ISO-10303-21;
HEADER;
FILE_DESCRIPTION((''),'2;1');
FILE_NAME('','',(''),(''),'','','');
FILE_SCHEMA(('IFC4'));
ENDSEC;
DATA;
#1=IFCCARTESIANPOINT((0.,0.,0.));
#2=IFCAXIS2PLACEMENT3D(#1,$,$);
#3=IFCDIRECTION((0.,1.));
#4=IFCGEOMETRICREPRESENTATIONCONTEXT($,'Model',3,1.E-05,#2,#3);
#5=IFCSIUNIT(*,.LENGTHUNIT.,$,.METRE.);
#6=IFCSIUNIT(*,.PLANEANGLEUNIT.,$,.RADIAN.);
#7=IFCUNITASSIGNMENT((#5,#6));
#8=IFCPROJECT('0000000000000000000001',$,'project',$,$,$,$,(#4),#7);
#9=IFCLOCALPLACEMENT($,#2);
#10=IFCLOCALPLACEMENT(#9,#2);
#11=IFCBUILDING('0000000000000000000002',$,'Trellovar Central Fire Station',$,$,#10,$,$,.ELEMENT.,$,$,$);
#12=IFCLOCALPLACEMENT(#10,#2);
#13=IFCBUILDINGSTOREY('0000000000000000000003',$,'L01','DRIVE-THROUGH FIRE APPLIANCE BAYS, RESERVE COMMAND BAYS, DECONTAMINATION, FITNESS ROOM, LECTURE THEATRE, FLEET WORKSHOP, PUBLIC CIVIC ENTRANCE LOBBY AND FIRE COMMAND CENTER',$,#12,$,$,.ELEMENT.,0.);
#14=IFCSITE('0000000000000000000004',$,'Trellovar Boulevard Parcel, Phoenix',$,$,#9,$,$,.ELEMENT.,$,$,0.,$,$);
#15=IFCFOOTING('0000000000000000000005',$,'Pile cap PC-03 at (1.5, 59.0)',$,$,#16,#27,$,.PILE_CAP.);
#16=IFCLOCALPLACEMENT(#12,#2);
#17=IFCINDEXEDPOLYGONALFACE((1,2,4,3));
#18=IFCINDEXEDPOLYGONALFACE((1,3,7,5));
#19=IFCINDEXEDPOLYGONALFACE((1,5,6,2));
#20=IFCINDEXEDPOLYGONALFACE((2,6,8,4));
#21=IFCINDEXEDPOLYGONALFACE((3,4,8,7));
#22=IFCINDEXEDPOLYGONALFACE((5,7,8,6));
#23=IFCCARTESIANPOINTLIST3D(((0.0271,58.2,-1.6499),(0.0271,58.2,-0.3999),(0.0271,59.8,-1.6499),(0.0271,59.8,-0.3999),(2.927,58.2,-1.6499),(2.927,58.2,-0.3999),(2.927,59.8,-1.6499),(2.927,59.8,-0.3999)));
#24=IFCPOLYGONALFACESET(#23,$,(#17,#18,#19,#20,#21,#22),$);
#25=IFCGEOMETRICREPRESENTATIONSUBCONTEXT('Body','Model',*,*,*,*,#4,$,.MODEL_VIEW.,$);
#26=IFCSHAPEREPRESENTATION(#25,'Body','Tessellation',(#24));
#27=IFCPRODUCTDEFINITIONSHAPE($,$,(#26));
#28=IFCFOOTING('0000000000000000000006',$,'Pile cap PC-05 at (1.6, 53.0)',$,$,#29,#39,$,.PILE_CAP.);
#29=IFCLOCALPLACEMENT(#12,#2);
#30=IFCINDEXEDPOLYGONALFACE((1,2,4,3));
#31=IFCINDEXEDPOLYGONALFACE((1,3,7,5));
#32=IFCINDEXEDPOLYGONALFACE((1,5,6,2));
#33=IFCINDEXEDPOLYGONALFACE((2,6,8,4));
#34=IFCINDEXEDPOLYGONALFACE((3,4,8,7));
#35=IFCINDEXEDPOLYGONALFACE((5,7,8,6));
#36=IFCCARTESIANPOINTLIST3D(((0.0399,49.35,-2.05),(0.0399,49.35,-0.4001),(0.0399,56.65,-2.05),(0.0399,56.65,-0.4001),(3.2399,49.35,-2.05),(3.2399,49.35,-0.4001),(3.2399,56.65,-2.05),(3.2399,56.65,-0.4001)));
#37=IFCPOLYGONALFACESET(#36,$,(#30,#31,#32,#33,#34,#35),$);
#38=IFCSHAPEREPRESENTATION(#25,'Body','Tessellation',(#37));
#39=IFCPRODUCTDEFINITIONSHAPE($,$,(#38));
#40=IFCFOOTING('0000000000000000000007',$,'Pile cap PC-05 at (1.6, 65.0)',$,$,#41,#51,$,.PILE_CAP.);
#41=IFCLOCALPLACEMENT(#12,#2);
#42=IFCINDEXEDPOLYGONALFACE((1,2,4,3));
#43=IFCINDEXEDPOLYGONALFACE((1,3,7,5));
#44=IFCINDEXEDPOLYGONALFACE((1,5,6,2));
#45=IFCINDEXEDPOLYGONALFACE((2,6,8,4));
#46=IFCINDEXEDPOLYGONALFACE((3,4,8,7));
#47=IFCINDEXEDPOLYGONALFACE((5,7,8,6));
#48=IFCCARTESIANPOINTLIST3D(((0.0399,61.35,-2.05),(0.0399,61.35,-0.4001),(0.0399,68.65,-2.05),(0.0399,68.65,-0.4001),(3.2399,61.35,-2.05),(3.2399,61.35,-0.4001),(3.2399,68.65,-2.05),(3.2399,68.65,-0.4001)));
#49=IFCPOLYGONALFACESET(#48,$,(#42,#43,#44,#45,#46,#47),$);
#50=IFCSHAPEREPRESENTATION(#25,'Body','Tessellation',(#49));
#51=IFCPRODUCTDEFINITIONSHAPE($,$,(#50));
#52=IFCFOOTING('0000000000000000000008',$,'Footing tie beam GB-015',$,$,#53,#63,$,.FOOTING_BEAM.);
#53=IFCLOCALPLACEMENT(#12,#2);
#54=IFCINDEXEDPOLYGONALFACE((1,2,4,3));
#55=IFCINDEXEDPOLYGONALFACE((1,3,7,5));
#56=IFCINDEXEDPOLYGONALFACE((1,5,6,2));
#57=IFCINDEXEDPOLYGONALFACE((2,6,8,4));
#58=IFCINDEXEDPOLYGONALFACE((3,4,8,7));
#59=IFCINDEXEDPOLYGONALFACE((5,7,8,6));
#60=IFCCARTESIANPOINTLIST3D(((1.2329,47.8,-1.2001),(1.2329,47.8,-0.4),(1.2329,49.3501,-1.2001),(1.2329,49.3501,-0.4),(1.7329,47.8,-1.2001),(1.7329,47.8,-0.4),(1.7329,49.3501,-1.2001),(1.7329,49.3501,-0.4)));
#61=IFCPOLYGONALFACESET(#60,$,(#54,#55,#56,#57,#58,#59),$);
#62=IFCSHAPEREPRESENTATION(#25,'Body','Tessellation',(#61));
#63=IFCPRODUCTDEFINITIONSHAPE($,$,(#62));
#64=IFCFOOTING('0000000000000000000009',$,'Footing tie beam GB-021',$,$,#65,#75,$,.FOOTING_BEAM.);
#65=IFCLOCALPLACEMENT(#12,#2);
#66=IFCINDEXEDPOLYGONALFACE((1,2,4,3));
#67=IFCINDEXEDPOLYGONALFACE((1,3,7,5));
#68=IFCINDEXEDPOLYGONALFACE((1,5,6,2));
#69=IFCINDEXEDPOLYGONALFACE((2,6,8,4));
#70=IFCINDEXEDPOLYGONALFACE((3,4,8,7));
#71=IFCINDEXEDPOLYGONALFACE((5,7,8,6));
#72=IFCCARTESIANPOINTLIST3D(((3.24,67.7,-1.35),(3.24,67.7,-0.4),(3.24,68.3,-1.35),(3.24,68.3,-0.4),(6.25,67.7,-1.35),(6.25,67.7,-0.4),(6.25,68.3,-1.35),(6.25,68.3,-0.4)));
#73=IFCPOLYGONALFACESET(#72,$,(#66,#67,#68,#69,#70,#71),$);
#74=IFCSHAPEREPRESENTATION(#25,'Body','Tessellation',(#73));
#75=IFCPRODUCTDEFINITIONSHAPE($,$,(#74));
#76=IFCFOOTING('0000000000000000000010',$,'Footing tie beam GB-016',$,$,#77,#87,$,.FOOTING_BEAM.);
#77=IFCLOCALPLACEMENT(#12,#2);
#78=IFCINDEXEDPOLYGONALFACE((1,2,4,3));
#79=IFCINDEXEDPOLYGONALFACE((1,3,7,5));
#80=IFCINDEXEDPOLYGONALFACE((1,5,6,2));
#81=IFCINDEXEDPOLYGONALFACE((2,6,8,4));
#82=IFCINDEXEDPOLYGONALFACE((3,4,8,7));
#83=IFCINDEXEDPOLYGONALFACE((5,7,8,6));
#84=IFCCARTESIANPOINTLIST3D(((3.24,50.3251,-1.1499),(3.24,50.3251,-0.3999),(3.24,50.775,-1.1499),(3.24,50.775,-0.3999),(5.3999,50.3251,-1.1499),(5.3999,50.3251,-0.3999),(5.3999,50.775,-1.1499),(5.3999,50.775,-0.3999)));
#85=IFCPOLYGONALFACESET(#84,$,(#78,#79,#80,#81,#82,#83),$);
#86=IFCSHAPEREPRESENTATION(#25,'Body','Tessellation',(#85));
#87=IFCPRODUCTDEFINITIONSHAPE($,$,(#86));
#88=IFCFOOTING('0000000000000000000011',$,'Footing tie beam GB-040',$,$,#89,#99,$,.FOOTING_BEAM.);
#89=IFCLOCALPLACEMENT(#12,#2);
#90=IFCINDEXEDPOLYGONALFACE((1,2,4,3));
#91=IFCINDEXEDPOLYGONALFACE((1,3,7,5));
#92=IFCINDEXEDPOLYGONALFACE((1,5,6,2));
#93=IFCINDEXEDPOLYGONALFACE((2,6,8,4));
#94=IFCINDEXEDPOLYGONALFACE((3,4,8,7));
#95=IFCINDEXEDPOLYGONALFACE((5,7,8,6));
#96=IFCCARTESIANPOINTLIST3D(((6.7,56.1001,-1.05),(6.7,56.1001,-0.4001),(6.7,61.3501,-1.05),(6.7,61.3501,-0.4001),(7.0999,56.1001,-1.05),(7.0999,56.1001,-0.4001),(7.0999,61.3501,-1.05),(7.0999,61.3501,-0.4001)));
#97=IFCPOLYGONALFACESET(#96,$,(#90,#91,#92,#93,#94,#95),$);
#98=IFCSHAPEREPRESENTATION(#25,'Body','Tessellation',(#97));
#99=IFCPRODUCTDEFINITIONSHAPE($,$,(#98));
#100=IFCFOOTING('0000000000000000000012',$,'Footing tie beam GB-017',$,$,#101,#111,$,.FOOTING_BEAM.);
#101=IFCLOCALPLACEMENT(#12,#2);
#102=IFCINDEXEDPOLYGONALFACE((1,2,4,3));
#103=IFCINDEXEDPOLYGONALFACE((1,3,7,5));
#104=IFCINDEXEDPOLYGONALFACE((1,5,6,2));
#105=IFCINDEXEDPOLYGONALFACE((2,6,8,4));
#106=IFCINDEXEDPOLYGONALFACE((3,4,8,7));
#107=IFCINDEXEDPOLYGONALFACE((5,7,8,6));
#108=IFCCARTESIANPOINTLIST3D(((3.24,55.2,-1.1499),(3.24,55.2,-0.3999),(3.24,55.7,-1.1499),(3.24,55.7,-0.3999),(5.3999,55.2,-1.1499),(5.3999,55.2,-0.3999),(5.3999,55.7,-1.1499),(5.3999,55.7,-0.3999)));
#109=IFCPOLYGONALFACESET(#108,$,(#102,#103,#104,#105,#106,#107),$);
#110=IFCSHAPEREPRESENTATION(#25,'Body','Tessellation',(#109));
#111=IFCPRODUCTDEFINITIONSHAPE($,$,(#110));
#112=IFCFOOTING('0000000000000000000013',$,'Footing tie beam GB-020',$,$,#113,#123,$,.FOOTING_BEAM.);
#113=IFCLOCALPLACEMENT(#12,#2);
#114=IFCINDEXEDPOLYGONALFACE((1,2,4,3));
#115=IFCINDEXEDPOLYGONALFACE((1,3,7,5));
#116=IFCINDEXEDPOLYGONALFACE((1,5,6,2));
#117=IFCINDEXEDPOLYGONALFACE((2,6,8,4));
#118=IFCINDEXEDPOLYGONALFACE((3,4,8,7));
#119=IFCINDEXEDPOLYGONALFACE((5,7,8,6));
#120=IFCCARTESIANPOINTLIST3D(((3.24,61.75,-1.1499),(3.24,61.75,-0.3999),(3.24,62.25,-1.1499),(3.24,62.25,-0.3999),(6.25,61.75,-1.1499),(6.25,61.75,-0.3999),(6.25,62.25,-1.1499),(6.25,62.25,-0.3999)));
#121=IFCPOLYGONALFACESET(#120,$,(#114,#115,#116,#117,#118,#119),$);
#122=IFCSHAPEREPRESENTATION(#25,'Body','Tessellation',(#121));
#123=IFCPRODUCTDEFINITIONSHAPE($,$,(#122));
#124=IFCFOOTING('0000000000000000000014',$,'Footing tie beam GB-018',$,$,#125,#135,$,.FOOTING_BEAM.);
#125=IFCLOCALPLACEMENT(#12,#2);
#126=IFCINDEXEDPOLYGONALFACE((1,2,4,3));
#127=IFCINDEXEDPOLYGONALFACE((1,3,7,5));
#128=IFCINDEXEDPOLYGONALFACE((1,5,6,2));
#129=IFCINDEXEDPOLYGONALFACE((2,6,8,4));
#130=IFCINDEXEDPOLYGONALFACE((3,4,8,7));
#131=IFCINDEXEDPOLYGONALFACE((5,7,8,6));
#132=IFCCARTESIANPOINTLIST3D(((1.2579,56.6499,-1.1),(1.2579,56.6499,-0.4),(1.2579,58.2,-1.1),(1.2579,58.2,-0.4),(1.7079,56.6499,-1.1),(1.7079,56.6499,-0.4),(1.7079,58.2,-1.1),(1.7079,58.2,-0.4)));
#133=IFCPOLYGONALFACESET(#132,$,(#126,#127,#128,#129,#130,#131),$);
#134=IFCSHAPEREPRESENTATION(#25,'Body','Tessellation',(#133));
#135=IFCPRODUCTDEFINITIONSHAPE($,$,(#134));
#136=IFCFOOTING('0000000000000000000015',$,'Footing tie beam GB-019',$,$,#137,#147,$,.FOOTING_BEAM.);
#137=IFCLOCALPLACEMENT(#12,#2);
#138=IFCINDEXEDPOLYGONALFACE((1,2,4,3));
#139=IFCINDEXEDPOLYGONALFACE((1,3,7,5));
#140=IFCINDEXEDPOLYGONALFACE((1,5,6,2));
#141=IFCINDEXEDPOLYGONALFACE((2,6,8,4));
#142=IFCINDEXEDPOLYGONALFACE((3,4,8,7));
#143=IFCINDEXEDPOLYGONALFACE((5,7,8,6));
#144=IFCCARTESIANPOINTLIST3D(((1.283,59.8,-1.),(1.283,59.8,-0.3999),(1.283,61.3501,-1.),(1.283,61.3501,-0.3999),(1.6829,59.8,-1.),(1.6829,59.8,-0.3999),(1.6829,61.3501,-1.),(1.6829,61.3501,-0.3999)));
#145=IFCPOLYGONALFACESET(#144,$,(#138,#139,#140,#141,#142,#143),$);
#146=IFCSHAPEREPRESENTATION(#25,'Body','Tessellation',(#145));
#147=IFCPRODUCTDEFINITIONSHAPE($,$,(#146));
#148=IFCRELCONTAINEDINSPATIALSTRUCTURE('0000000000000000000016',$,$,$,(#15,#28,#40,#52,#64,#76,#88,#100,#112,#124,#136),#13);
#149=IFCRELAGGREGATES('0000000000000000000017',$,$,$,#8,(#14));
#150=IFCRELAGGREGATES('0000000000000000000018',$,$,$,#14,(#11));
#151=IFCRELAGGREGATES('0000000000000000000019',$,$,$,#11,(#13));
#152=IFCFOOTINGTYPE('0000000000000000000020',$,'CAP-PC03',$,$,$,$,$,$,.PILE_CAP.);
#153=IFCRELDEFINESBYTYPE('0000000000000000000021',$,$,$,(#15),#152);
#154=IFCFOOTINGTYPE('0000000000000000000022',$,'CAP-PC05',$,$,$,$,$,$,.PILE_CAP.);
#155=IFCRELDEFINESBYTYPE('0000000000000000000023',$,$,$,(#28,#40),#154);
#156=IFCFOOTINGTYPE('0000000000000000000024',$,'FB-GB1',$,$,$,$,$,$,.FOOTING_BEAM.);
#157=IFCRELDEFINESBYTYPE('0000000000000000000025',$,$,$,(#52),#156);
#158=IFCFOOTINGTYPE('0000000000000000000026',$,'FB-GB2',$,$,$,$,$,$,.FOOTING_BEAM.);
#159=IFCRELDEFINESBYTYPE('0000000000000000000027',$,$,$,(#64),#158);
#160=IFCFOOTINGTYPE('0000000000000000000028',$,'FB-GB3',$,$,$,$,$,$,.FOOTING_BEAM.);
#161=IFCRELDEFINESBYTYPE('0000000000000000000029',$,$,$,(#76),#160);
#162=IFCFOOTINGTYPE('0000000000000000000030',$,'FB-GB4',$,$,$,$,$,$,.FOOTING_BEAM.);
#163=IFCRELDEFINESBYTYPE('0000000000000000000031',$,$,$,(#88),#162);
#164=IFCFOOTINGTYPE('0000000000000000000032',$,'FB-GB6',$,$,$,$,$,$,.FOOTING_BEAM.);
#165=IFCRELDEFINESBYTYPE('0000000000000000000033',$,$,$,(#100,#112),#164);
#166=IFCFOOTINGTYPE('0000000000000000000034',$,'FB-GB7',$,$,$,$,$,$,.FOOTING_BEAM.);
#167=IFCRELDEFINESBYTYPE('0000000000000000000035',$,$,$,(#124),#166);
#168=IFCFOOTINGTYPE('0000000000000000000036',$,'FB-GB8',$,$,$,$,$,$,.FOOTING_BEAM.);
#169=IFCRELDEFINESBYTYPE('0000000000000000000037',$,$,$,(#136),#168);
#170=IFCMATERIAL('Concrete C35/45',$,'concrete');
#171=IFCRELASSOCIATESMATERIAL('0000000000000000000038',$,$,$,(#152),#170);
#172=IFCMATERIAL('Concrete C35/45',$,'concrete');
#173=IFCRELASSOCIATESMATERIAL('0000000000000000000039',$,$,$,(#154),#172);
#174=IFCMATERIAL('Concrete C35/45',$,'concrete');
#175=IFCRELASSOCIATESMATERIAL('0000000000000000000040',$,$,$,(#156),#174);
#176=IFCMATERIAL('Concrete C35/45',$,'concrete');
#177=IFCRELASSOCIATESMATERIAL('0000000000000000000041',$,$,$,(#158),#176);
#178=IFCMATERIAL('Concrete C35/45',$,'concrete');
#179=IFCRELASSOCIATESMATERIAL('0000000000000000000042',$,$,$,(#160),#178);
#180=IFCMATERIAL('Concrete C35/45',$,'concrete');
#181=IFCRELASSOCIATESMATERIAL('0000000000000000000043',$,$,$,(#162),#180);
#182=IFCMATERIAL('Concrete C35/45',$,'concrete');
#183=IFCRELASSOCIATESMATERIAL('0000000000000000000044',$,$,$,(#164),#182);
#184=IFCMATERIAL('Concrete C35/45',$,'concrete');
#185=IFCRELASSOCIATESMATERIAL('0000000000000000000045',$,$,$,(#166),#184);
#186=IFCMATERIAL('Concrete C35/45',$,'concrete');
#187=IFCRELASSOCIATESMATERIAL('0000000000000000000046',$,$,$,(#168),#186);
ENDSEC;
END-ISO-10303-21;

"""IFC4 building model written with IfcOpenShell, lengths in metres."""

from ifc_helpers import new_model, si_unit, direction, frame, origin, origin_2d, place, context, subcontext, project, spatial, rectangle, extrude, material, material_profile, profile_set, type_object, element, save


model = new_model("IFC4")

# Units and contexts
model_context = context("Model", 3, precision=1e-05, world=origin(), true_north=direction((0.0, 1.0)))
body_context = subcontext(model_context, "Body", "Model", "MODEL_VIEW")
ifc_project = project(units=[si_unit("LENGTHUNIT", "METRE"), si_unit("PLANEANGLEUNIT", "RADIAN")], contexts=[model_context])

# Site, building, storey
site_placement = place(None, origin())
site = spatial("IfcSite", under=ifc_project, at=site_placement, Name="Trellovar Boulevard Parcel, Phoenix", CompositionType="ELEMENT", RefElevation=0.0)
building_placement = place(site_placement, origin())
building = spatial("IfcBuilding", under=site, at=building_placement, Name="Trellovar Central Fire Station", CompositionType="ELEMENT")
storey_placement = place(building_placement, origin())
storey = spatial("IfcBuildingStorey", under=building, at=storey_placement, Name="L01", Description="DRIVE-THROUGH FIRE APPLIANCE BAYS, RESERVE COMMAND BAYS, DECONTAMINATION, FITNESS ROOM, LECTURE THEATRE, FLEET WORKSHOP, PUBLIC CIVIC ENTRANCE LOBBY AND FIRE COMMAND CENTER", CompositionType="ELEMENT", Elevation=0.0)

# Footings
ifc_material_1 = material(Name="Concrete C35/45", Category="concrete")
footing_type_1 = type_object("IfcFootingType", Name="CAP-PC03", PredefinedType="PILE_CAP", material=ifc_material_1)
footing_1_placement = place(storey_placement, frame((1.4771, 59.0, -1.6499), z_axis=(0.0, 0.0, 1.0), x_axis=(1.0, 0.0, 0.0)))
element("IfcFooting", 1, at=footing_1_placement, inside=storey, type_object=footing_type_1, Name="Pile cap PC-03 at (1.5, 59.0)", PredefinedType="PILE_CAP", context=body_context, shape_type="SweptSolid", body=[
    extrude(rectangle(XDim=2.8999, YDim=1.6001, at=origin_2d()), origin(), (0.0, 0.0, 1.0), 1.25),
])
ifc_material_2 = material(Name="Concrete C35/45", Category="concrete")
footing_type_2 = type_object("IfcFootingType", Name="CAP-PC05", PredefinedType="PILE_CAP", material=ifc_material_2)
for number, where, z_axis, x_axis, name in (
    (2, (1.6399, 53.0, -2.05), (0.0, 0.0, 1.0), (1.0, 0.0, 0.0), "Pile cap PC-05 at (1.6, 53.0)"),
    (3, (1.6399, 65.0, -2.05), (0.0, 0.0, 1.0), (1.0, 0.0, 0.0), "Pile cap PC-05 at (1.6, 65.0)"),
):
    element("IfcFooting", number, at=place(storey_placement, frame(where, z_axis=z_axis, x_axis=x_axis)), inside=storey, type_object=footing_type_2, Name=name, PredefinedType="PILE_CAP", context=body_context, shape_type="SweptSolid", body=[
        extrude(rectangle(XDim=3.2, YDim=7.3, at=origin_2d()), origin(), (0.0, 0.0, 1.0), 1.6499),
    ])
ifc_material_3 = material(Name="Concrete C35/45", Category="concrete")
ifc_material_profile_1 = material_profile(ifc_material_3, rectangle(XDim=0.5, YDim=0.8, at=origin_2d()), Name="RC500X800")
ifc_profile_set_1 = profile_set([ifc_material_profile_1], Name="Concrete C35/45")
footing_type_3 = type_object("IfcFootingType", Name="FB-GB1", PredefinedType="FOOTING_BEAM", material=ifc_profile_set_1)
footing_2_placement = place(storey_placement, frame((1.4829, 47.8, -0.8), z_axis=(0.0, 1.0, 0.0), x_axis=(-1.0, 0.0, 0.0)))
element("IfcFooting", 4, at=footing_2_placement, inside=storey, type_object=footing_type_3, Name="Footing tie beam GB-015", PredefinedType="FOOTING_BEAM", context=body_context, shape_type="SweptSolid", body=[
    extrude(rectangle(XDim=0.5, YDim=0.8, at=origin_2d()), origin(), (0.0, 0.0, 1.0), 1.55),
])
ifc_material_4 = material(Name="Concrete C35/45", Category="concrete")
ifc_material_profile_2 = material_profile(ifc_material_4, rectangle(XDim=0.6001, YDim=0.95, at=origin_2d()), Name="RC600X950")
ifc_profile_set_2 = profile_set([ifc_material_profile_2], Name="Concrete C35/45")
footing_type_4 = type_object("IfcFootingType", Name="FB-GB2", PredefinedType="FOOTING_BEAM", material=ifc_profile_set_2)
footing_3_placement = place(storey_placement, frame((3.24, 68.0, -0.875), z_axis=(1.0, 0.0, 0.0), x_axis=(0.0, 1.0, 0.0)))
element("IfcFooting", 5, at=footing_3_placement, inside=storey, type_object=footing_type_4, Name="Footing tie beam GB-021", PredefinedType="FOOTING_BEAM", context=body_context, shape_type="SweptSolid", body=[
    extrude(rectangle(XDim=0.6001, YDim=0.95, at=origin_2d()), origin(), (0.0, 0.0, 1.0), 3.01),
])
ifc_material_5 = material(Name="Concrete C35/45", Category="concrete")
ifc_material_profile_3 = material_profile(ifc_material_5, rectangle(XDim=0.45, YDim=0.75, at=origin_2d()), Name="RC450X750")
ifc_profile_set_3 = profile_set([ifc_material_profile_3], Name="Concrete C35/45")
footing_type_5 = type_object("IfcFootingType", Name="FB-GB3", PredefinedType="FOOTING_BEAM", material=ifc_profile_set_3)
footing_4_placement = place(storey_placement, frame((3.24, 50.55, -0.7749), z_axis=(1.0, 0.0, 0.0), x_axis=(0.0, 1.0, 0.0)))
element("IfcFooting", 6, at=footing_4_placement, inside=storey, type_object=footing_type_5, Name="Footing tie beam GB-016", PredefinedType="FOOTING_BEAM", context=body_context, shape_type="SweptSolid", body=[
    extrude(rectangle(XDim=0.45, YDim=0.75, at=origin_2d()), origin(), (0.0, 0.0, 1.0), 2.1599),
])
ifc_material_6 = material(Name="Concrete C35/45", Category="concrete")
ifc_material_profile_4 = material_profile(ifc_material_6, rectangle(XDim=0.3999, YDim=0.6499, at=origin_2d()), Name="RC400X650")
ifc_profile_set_4 = profile_set([ifc_material_profile_4], Name="Concrete C35/45")
footing_type_6 = type_object("IfcFootingType", Name="FB-GB4", PredefinedType="FOOTING_BEAM", material=ifc_profile_set_4)
footing_5_placement = place(storey_placement, frame((6.8999, 56.1001, -0.7251), z_axis=(0.0, 1.0, 0.0), x_axis=(-1.0, 0.0, 0.0)))
element("IfcFooting", 7, at=footing_5_placement, inside=storey, type_object=footing_type_6, Name="Footing tie beam GB-040", PredefinedType="FOOTING_BEAM", context=body_context, shape_type="SweptSolid", body=[
    extrude(rectangle(XDim=0.3999, YDim=0.6499, at=origin_2d()), origin(), (0.0, 0.0, 1.0), 5.25),
])
ifc_material_7 = material(Name="Concrete C35/45", Category="concrete")
ifc_material_profile_5 = material_profile(ifc_material_7, rectangle(XDim=0.5, YDim=0.75, at=origin_2d()), Name="RC500X750")
ifc_profile_set_5 = profile_set([ifc_material_profile_5], Name="Concrete C35/45")
footing_type_7 = type_object("IfcFootingType", Name="FB-GB6", PredefinedType="FOOTING_BEAM", material=ifc_profile_set_5)
footing_6_placement = place(storey_placement, frame((3.24, 55.45, -0.7749), z_axis=(1.0, 0.0, 0.0), x_axis=(0.0, 1.0, 0.0)))
element("IfcFooting", 8, at=footing_6_placement, inside=storey, type_object=footing_type_7, Name="Footing tie beam GB-017", PredefinedType="FOOTING_BEAM", context=body_context, shape_type="SweptSolid", body=[
    extrude(rectangle(XDim=0.5, YDim=0.75, at=origin_2d()), origin(), (0.0, 0.0, 1.0), 2.1599),
])
footing_7_placement = place(storey_placement, frame((3.24, 62.0, -0.7749), z_axis=(1.0, 0.0, 0.0), x_axis=(0.0, 1.0, 0.0)))
element("IfcFooting", 9, at=footing_7_placement, inside=storey, type_object=footing_type_7, Name="Footing tie beam GB-020", PredefinedType="FOOTING_BEAM", context=body_context, shape_type="SweptSolid", body=[
    extrude(rectangle(XDim=0.5, YDim=0.75, at=origin_2d()), origin(), (0.0, 0.0, 1.0), 3.01),
])
ifc_material_8 = material(Name="Concrete C35/45", Category="concrete")
ifc_material_profile_6 = material_profile(ifc_material_8, rectangle(XDim=0.45, YDim=0.7, at=origin_2d()), Name="RC450X700")
ifc_profile_set_6 = profile_set([ifc_material_profile_6], Name="Concrete C35/45")
footing_type_8 = type_object("IfcFootingType", Name="FB-GB7", PredefinedType="FOOTING_BEAM", material=ifc_profile_set_6)
footing_8_placement = place(storey_placement, frame((1.4829, 56.6499, -0.75), z_axis=(0.0, 1.0, 0.0), x_axis=(-1.0, 0.0, 0.0)))
element("IfcFooting", 10, at=footing_8_placement, inside=storey, type_object=footing_type_8, Name="Footing tie beam GB-018", PredefinedType="FOOTING_BEAM", context=body_context, shape_type="SweptSolid", body=[
    extrude(rectangle(XDim=0.45, YDim=0.7, at=origin_2d()), origin(), (0.0, 0.0, 1.0), 1.55),
])
ifc_material_9 = material(Name="Concrete C35/45", Category="concrete")
ifc_material_profile_7 = material_profile(ifc_material_9, rectangle(XDim=0.3999, YDim=0.6001, at=origin_2d()), Name="RC400X600")
ifc_profile_set_7 = profile_set([ifc_material_profile_7], Name="Concrete C35/45")
footing_type_9 = type_object("IfcFootingType", Name="FB-GB8", PredefinedType="FOOTING_BEAM", material=ifc_profile_set_7)
footing_9_placement = place(storey_placement, frame((1.4829, 59.8, -0.7), z_axis=(0.0, 1.0, 0.0), x_axis=(-1.0, 0.0, 0.0)))
element("IfcFooting", 11, at=footing_9_placement, inside=storey, type_object=footing_type_9, Name="Footing tie beam GB-019", PredefinedType="FOOTING_BEAM", context=body_context, shape_type="SweptSolid", body=[
    extrude(rectangle(XDim=0.3999, YDim=0.6001, at=origin_2d()), origin(), (0.0, 0.0, 1.0), 1.55),
])

save(model, "model.ifc")
